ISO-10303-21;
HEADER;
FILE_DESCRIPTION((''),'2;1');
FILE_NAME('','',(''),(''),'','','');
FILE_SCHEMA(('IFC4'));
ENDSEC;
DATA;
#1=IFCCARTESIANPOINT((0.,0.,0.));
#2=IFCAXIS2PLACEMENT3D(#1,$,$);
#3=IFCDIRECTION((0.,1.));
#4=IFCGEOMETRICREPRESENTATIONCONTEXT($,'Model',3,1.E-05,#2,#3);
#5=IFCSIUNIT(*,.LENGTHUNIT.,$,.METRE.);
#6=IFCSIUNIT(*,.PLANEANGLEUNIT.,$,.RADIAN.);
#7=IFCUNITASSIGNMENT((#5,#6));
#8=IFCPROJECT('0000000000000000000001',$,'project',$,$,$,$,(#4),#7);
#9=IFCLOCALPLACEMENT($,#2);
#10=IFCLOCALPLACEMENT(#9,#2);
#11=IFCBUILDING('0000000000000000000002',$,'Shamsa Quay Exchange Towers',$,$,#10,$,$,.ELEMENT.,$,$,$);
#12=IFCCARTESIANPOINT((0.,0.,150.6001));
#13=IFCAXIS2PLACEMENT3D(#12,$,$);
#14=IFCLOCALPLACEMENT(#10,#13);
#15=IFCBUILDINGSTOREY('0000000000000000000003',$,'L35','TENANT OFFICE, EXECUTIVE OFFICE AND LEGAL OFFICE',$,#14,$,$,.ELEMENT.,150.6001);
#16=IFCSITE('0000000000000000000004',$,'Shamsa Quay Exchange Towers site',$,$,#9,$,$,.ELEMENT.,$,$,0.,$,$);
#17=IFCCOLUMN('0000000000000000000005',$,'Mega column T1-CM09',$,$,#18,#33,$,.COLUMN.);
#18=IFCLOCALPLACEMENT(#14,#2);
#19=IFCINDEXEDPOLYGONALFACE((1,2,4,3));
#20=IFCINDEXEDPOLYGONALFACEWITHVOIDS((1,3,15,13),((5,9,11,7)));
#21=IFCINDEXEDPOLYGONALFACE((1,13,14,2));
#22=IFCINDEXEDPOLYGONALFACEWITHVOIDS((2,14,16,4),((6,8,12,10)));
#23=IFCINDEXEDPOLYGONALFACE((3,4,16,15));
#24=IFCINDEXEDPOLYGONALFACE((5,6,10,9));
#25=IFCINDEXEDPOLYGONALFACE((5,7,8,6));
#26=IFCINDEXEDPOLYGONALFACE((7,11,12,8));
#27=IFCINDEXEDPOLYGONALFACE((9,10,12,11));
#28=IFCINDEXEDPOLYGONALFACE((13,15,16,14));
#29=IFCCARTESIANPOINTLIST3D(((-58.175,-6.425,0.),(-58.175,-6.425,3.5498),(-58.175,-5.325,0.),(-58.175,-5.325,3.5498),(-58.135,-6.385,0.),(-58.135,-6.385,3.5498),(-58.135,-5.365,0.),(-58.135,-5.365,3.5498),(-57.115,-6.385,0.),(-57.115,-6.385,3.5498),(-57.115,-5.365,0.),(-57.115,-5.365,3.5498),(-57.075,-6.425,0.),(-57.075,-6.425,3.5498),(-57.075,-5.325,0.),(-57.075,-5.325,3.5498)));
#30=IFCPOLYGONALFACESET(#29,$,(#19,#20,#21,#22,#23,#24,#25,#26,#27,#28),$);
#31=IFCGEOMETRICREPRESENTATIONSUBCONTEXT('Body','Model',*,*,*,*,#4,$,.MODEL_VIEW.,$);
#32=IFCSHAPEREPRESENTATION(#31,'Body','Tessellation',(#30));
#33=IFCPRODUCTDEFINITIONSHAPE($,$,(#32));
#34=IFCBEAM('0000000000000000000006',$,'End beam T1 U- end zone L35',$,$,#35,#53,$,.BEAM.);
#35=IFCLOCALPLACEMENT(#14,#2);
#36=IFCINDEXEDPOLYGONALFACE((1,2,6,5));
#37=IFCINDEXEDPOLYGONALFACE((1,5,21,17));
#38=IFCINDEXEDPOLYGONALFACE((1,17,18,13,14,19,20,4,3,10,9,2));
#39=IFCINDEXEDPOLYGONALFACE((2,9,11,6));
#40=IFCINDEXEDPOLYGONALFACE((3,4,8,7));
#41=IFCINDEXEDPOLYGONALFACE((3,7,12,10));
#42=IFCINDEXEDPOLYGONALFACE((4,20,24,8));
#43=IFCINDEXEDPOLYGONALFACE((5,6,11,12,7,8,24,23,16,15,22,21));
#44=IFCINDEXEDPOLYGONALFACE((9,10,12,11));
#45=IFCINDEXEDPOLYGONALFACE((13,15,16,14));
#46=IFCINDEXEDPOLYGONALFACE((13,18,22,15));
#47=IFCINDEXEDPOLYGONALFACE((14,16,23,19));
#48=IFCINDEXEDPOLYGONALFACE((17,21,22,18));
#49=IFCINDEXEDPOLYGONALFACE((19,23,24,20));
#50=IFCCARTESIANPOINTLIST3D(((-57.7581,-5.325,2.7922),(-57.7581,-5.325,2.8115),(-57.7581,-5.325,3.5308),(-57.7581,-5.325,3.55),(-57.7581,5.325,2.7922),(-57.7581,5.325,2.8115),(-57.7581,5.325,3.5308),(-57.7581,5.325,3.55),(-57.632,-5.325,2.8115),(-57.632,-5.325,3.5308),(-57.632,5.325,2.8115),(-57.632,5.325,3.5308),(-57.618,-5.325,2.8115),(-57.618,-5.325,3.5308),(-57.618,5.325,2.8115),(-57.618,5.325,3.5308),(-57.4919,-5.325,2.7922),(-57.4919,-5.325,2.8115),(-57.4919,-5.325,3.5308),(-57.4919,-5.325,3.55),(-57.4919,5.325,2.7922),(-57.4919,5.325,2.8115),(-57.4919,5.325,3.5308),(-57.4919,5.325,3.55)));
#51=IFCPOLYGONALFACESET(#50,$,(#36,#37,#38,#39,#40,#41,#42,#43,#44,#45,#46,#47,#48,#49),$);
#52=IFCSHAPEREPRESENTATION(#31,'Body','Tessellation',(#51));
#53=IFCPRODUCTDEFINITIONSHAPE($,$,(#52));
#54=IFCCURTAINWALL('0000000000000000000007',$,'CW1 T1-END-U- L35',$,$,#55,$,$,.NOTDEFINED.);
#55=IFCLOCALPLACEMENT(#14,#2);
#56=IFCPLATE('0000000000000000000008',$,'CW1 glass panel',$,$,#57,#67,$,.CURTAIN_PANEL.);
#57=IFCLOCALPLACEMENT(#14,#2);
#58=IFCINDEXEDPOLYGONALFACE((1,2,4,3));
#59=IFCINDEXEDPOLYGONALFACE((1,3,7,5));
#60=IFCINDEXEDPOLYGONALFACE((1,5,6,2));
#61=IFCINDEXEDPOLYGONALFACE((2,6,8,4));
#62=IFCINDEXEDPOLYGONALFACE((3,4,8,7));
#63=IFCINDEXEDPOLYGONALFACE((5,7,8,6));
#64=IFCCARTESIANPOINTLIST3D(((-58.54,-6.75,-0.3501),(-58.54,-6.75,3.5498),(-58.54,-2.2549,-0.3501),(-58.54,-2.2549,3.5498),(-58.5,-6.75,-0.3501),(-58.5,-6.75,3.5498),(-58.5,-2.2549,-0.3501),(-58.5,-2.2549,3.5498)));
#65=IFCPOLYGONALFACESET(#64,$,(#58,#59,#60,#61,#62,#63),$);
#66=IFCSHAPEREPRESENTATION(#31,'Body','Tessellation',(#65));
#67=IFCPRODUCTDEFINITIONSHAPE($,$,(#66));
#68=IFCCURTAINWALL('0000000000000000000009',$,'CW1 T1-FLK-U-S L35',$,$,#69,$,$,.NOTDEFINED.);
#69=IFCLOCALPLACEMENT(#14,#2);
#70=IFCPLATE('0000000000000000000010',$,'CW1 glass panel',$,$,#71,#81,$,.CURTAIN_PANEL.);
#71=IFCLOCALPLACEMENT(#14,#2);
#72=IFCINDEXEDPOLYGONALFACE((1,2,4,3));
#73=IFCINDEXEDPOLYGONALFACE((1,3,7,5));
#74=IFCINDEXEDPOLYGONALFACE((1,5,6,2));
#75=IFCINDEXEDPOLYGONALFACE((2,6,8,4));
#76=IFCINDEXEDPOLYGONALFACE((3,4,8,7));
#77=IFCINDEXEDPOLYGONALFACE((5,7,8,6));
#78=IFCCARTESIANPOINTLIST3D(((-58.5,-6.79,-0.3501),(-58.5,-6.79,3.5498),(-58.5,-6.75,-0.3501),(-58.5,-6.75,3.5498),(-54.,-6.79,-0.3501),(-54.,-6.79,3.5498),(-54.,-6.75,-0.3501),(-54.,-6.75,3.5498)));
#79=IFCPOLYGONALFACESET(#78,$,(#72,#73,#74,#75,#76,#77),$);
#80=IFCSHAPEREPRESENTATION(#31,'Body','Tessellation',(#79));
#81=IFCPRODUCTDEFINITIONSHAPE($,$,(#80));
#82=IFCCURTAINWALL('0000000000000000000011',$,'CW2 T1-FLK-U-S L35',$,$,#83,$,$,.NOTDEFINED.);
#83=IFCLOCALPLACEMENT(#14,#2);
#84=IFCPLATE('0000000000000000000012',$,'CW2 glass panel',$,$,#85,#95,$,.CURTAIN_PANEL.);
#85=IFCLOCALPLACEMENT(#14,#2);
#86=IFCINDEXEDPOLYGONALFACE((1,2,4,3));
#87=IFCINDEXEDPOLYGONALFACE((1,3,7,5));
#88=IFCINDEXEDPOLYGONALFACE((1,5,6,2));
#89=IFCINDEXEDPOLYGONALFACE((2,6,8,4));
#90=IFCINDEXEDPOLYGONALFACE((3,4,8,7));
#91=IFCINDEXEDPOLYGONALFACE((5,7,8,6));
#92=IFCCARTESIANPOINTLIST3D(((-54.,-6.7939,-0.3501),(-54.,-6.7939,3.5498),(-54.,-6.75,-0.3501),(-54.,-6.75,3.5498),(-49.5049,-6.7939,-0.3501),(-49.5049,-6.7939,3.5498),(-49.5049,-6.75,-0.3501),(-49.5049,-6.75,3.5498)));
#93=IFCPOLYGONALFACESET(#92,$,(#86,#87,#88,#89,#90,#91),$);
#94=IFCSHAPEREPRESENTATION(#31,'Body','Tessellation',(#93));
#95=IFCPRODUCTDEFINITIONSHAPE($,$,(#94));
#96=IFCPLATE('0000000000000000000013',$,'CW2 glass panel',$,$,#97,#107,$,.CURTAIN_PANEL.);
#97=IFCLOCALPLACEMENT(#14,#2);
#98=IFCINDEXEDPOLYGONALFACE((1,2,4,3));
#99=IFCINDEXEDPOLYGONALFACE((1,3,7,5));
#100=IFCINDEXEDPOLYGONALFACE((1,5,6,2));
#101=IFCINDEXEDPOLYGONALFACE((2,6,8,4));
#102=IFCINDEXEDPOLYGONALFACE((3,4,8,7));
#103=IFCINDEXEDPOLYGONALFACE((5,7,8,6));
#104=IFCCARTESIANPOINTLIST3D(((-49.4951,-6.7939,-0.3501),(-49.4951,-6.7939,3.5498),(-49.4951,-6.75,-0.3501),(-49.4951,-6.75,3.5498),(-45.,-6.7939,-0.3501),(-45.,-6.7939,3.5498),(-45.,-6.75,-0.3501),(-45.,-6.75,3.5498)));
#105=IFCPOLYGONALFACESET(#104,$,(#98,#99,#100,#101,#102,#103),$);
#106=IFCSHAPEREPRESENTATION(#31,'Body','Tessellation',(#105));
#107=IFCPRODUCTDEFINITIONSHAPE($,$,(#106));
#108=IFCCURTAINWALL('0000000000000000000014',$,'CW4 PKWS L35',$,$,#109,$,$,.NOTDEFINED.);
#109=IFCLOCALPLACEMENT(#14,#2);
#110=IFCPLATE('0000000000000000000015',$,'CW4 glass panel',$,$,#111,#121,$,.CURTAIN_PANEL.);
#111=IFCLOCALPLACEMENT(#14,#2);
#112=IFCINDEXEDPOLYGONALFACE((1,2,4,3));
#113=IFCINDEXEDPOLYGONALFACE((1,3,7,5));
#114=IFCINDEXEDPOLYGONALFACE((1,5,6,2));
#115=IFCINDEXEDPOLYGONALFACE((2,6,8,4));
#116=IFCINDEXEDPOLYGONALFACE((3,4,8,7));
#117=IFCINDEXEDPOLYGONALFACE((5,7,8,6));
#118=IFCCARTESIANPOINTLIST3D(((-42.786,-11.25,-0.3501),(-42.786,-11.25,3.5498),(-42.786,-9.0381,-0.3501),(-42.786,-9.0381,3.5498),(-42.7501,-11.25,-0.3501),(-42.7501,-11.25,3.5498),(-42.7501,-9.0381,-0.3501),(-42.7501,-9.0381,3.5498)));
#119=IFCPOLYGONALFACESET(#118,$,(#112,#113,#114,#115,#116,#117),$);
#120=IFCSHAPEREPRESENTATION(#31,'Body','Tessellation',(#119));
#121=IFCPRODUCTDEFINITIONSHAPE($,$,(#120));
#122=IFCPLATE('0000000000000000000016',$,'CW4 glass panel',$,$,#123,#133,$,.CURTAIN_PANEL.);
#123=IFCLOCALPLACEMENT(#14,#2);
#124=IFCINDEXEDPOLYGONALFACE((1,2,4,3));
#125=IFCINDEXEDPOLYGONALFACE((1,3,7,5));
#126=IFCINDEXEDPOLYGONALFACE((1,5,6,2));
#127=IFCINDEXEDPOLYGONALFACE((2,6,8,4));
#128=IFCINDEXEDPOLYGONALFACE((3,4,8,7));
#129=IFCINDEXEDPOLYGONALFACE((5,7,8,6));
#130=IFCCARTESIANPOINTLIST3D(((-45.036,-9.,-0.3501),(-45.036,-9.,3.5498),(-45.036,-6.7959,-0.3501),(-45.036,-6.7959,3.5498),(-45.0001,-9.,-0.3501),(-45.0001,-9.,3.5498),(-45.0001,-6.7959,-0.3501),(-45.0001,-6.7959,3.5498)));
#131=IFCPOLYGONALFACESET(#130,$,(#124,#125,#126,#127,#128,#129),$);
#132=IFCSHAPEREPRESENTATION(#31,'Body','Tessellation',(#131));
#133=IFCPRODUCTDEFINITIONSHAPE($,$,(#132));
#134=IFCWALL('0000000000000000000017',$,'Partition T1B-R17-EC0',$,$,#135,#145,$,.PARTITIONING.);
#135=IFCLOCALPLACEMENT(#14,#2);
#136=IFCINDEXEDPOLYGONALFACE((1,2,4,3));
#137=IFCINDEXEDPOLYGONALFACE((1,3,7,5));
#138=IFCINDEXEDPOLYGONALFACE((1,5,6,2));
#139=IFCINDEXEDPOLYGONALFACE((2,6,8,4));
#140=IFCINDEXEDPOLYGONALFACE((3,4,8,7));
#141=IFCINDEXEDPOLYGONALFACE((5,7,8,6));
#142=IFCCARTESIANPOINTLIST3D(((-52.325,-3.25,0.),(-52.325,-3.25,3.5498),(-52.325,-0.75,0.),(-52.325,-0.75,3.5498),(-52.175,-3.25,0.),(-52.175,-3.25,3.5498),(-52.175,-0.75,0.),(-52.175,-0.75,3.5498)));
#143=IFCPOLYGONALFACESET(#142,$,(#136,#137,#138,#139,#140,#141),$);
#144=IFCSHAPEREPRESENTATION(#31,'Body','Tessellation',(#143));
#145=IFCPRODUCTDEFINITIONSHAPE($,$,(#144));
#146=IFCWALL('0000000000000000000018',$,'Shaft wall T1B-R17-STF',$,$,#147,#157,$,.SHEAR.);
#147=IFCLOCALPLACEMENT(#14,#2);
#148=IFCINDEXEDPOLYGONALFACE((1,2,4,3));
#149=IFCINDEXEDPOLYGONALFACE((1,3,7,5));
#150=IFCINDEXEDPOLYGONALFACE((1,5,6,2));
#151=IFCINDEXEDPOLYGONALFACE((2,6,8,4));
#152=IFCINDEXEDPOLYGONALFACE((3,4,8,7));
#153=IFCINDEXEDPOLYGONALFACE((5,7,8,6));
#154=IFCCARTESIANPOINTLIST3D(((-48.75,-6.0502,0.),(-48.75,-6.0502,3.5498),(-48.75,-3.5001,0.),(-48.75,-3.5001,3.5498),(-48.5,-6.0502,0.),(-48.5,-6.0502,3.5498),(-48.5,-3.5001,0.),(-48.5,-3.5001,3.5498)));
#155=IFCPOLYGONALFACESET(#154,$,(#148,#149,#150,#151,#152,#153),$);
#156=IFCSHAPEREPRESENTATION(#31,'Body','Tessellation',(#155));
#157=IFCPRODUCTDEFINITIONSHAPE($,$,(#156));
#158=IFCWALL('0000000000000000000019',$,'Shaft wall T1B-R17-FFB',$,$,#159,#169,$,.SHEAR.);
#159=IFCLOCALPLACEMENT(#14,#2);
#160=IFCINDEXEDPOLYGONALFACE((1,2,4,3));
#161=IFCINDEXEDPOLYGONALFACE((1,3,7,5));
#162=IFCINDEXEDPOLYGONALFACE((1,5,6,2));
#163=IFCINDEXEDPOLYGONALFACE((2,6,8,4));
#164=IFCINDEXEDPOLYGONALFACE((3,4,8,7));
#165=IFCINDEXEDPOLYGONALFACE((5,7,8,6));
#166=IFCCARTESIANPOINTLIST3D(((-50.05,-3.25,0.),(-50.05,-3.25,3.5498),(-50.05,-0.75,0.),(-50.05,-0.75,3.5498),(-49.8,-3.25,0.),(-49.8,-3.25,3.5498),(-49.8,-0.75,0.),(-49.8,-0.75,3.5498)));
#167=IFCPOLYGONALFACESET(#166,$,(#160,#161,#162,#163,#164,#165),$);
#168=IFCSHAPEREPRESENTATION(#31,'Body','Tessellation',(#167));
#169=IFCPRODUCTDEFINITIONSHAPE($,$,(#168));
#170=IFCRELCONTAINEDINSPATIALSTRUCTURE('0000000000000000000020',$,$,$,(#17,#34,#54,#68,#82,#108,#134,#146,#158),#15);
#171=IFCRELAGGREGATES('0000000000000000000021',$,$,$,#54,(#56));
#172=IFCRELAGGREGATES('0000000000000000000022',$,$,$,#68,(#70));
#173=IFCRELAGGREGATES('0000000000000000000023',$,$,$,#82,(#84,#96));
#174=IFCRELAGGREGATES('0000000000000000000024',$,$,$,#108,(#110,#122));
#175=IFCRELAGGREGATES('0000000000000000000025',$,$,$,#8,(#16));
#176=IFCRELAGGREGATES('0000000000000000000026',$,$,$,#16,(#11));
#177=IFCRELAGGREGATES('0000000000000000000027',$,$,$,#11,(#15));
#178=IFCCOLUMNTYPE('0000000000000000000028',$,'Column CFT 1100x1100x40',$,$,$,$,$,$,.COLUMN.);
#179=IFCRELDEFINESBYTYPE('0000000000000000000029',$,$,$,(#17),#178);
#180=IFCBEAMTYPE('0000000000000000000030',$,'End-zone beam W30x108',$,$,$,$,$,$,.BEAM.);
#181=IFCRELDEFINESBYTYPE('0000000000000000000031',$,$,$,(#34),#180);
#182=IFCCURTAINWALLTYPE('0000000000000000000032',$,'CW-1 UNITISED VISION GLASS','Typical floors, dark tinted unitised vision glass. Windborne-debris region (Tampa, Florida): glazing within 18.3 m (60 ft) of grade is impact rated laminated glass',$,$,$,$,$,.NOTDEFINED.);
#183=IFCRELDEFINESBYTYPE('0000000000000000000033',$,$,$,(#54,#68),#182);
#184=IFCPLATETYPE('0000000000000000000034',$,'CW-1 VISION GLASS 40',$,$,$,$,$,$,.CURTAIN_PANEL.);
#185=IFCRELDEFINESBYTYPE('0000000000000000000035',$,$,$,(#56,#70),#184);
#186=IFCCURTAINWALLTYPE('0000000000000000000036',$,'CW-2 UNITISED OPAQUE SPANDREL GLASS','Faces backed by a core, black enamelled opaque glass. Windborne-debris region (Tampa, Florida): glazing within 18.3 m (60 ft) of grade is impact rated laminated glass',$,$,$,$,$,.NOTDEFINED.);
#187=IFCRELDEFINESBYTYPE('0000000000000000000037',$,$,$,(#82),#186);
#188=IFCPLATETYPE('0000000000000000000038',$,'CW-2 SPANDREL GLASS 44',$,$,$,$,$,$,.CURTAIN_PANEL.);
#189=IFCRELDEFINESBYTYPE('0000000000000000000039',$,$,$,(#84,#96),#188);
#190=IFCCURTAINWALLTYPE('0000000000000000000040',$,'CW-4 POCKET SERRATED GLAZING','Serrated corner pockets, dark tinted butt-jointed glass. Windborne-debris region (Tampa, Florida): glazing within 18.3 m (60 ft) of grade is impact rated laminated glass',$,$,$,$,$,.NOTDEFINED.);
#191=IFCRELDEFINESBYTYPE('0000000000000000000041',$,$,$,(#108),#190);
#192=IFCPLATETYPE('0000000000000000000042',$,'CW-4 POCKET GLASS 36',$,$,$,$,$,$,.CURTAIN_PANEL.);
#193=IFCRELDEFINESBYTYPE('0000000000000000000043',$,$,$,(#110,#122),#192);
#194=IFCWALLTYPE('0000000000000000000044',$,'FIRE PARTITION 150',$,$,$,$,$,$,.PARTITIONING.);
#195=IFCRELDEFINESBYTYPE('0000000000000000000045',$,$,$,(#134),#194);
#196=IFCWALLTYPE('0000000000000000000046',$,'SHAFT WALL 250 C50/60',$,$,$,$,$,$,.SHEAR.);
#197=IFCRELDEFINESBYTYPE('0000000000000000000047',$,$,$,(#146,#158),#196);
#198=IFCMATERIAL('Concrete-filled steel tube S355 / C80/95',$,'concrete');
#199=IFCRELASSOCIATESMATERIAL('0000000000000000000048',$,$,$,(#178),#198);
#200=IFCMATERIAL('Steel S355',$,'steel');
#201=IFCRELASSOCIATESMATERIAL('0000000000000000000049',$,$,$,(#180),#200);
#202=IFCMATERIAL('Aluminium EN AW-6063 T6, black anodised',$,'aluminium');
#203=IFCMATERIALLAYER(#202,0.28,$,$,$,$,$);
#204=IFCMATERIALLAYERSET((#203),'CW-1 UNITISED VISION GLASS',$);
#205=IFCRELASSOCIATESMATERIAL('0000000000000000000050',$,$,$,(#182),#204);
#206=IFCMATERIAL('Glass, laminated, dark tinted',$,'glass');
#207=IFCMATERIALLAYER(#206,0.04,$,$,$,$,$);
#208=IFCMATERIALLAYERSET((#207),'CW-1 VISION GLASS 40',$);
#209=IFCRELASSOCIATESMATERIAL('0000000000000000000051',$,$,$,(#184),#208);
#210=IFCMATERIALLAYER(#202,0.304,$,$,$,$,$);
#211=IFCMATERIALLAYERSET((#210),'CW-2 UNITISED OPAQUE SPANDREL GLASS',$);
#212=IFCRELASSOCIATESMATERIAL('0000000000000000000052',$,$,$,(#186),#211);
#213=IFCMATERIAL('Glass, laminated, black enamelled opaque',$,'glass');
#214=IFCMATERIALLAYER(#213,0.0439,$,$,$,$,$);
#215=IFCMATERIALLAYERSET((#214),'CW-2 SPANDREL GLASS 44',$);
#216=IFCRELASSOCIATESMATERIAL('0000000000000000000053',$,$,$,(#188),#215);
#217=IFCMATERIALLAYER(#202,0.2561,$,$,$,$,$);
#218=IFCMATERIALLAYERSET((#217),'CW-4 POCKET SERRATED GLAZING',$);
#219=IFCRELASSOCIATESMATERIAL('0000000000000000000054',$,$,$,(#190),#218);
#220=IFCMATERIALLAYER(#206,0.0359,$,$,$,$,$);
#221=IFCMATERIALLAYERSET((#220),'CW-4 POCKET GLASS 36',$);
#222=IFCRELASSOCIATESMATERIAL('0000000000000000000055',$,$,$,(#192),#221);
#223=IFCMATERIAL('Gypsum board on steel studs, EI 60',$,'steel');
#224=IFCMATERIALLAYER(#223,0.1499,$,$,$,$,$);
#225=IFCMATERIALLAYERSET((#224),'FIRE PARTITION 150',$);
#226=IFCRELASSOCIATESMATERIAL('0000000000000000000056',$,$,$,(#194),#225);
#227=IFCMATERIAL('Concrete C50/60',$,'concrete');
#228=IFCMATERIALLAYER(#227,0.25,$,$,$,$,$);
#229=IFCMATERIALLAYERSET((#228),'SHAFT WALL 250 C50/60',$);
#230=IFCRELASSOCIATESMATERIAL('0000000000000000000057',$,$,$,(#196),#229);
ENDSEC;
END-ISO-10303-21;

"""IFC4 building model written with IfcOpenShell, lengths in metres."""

from ifc_helpers import new_model, si_unit, direction, frame, frame_2d, origin, origin_2d, place, context, subcontext, project, spatial, rectangle, hollow_rectangle, i_section, extrude, material, layer, layer_set, material_profile, profile_set, type_object, element, aggregate, save


model = new_model("IFC4")

# Units and contexts
model_context = context("Model", 3, precision=1e-05, world=origin(), true_north=direction((0.0, 1.0)))
body_context = subcontext(model_context, "Body", "Model", "MODEL_VIEW")
ifc_project = project(units=[si_unit("LENGTHUNIT", "METRE"), si_unit("PLANEANGLEUNIT", "RADIAN")], contexts=[model_context])

# Site, building, storey
site_placement = place(None, origin())
site = spatial("IfcSite", under=ifc_project, at=site_placement, Name="Shamsa Quay Exchange Towers site", CompositionType="ELEMENT", RefElevation=0.0)
building_placement = place(site_placement, origin())
building = spatial("IfcBuilding", under=site, at=building_placement, Name="Shamsa Quay Exchange Towers", CompositionType="ELEMENT")
storey_placement = place(building_placement, frame((0.0, 0.0, 150.6001)))
storey = spatial("IfcBuildingStorey", under=building, at=storey_placement, Name="L35", Description="TENANT OFFICE, EXECUTIVE OFFICE AND LEGAL OFFICE", CompositionType="ELEMENT", Elevation=150.6001)

# Column
ifc_material_1 = material(Name="Concrete-filled steel tube S355 / C80/95", Category="concrete")
ifc_material_profile_1 = material_profile(ifc_material_1, hollow_rectangle(XDim=1.1001, YDim=1.1001, WallThickness=0.04, at=origin_2d()), Name="CFT 1100x1100x40")
ifc_profile_set_1 = profile_set([ifc_material_profile_1], Name="Concrete-filled steel tube S355 / C80/95")
column_type = type_object("IfcColumnType", Name="Column CFT 1100x1100x40", PredefinedType="COLUMN", material=ifc_profile_set_1)
column_placement = place(storey_placement, frame((-57.625, -5.875, 0.0)))
element("IfcColumn", 1, at=column_placement, inside=storey, type_object=column_type, Name="Mega column T1-CM09", PredefinedType="COLUMN", context=body_context, shape_type="SweptSolid", body=[
    extrude(hollow_rectangle(XDim=1.1001, YDim=1.1001, WallThickness=0.04, at=origin_2d()), origin(), (0.0, 0.0, 1.0), 3.5498),
])

# Beam
ifc_material_2 = material(Name="Steel S355", Category="steel")
ifc_material_profile_2 = material_profile(ifc_material_2, i_section(OverallWidth=0.2661, OverallDepth=0.7578, WebThickness=0.0139, FlangeThickness=0.0193, at=origin_2d()), Name="W30x108")
ifc_profile_set_2 = profile_set([ifc_material_profile_2], Name="Steel S355")
beam_type = type_object("IfcBeamType", Name="End-zone beam W30x108", PredefinedType="BEAM", material=ifc_profile_set_2)
beam_placement = place(storey_placement, frame((-57.625, -5.325, 3.1711), z_axis=(0.0, 1.0, 0.0), x_axis=(-1.0, 0.0, 0.0)))
element("IfcBeam", 2, at=beam_placement, inside=storey, type_object=beam_type, Name="End beam T1 U- end zone L35", PredefinedType="BEAM", context=body_context, shape_type="SweptSolid", body=[
    extrude(i_section(OverallWidth=0.2661, OverallDepth=0.7578, WebThickness=0.0139, FlangeThickness=0.0193, at=origin_2d()), origin(), (0.0, 0.0, 1.0), 10.6499),
])

# Curtain walls, plates
ifc_material_3 = material(Name="Aluminium EN AW-6063 T6, black anodised", Category="aluminium")
ifc_layer_1 = layer(ifc_material_3, 0.28)
ifc_layer_set_1 = layer_set([ifc_layer_1], Name="CW-1 UNITISED VISION GLASS")
curtain_wall_type_1 = type_object("IfcCurtainWallType", Name="CW-1 UNITISED VISION GLASS", Description="Typical floors, dark tinted unitised vision glass. Windborne-debris region (Tampa, Florida): glazing within 18.3 m (60 ft) of grade is impact rated laminated glass", PredefinedType="NOTDEFINED", material=ifc_layer_set_1)
curtain_wall_1_placement = place(storey_placement, origin())
curtain_wall_1 = element("IfcCurtainWall", 3, at=curtain_wall_1_placement, inside=storey, type_object=curtain_wall_type_1, Name="CW1 T1-END-U- L35", PredefinedType="NOTDEFINED")
ifc_material_4 = material(Name="Glass, laminated, dark tinted", Category="glass")
ifc_layer_2 = layer(ifc_material_4, 0.04)
ifc_layer_set_2 = layer_set([ifc_layer_2], Name="CW-1 VISION GLASS 40")
plate_type_1 = type_object("IfcPlateType", Name="CW-1 VISION GLASS 40", PredefinedType="CURTAIN_PANEL", material=ifc_layer_set_2)
plate_1_placement = place(storey_placement, frame((-58.52, -4.5024, -0.3501), z_axis=(0.0, 0.0, 1.0), x_axis=(0.0, -1.0, 0.0)))
plate_1 = element("IfcPlate", 4, at=plate_1_placement, type_object=plate_type_1, Name="CW1 glass panel", PredefinedType="CURTAIN_PANEL", context=body_context, shape_type="SweptSolid", body=[
    extrude(rectangle(XDim=4.4951, YDim=0.04, at=origin_2d()), origin(), (0.0, 0.0, 1.0), 3.8999),
])
aggregate(curtain_wall_1, [plate_1])
curtain_wall_2_placement = place(storey_placement, origin())
curtain_wall_2 = element("IfcCurtainWall", 5, at=curtain_wall_2_placement, inside=storey, type_object=curtain_wall_type_1, Name="CW1 T1-FLK-U-S L35", PredefinedType="NOTDEFINED")
plate_2_placement = place(storey_placement, frame((-56.25, -6.77, -0.3501)))
plate_2 = element("IfcPlate", 6, at=plate_2_placement, type_object=plate_type_1, Name="CW1 glass panel", PredefinedType="CURTAIN_PANEL", context=body_context, shape_type="SweptSolid", body=[
    extrude(rectangle(XDim=4.5, YDim=0.04, at=origin_2d()), origin(), (0.0, 0.0, 1.0), 3.8999),
])
aggregate(curtain_wall_2, [plate_2])

# Curtain walls, plates
ifc_layer_3 = layer(ifc_material_3, 0.304)
ifc_layer_set_3 = layer_set([ifc_layer_3], Name="CW-2 UNITISED OPAQUE SPANDREL GLASS")
curtain_wall_type_2 = type_object("IfcCurtainWallType", Name="CW-2 UNITISED OPAQUE SPANDREL GLASS", Description="Faces backed by a core, black enamelled opaque glass. Windborne-debris region (Tampa, Florida): glazing within 18.3 m (60 ft) of grade is impact rated laminated glass", PredefinedType="NOTDEFINED", material=ifc_layer_set_3)
curtain_wall_3_placement = place(storey_placement, origin())
curtain_wall_3 = element("IfcCurtainWall", 7, at=curtain_wall_3_placement, inside=storey, type_object=curtain_wall_type_2, Name="CW2 T1-FLK-U-S L35", PredefinedType="NOTDEFINED")
ifc_material_5 = material(Name="Glass, laminated, black enamelled opaque", Category="glass")
ifc_layer_4 = layer(ifc_material_5, 0.0439)
ifc_layer_set_4 = layer_set([ifc_layer_4], Name="CW-2 SPANDREL GLASS 44")
plate_type_2 = type_object("IfcPlateType", Name="CW-2 SPANDREL GLASS 44", PredefinedType="CURTAIN_PANEL", material=ifc_layer_set_4)
plate_3_placement = place(storey_placement, frame((-51.7524, -6.772, -0.3501)))
plate_3 = element("IfcPlate", 8, at=plate_3_placement, type_object=plate_type_2, Name="CW2 glass panel", PredefinedType="CURTAIN_PANEL", context=body_context, shape_type="SweptSolid", body=[
    extrude(rectangle(XDim=4.4951, YDim=0.0439, at=origin_2d()), origin(), (0.0, 0.0, 1.0), 3.8999),
])
plate_4_placement = place(storey_placement, frame((-47.2476, -6.772, -0.3501)))
plate_4 = element("IfcPlate", 9, at=plate_4_placement, type_object=plate_type_2, Name="CW2 glass panel", PredefinedType="CURTAIN_PANEL", context=body_context, shape_type="SweptSolid", body=[
    extrude(rectangle(XDim=4.4951, YDim=0.0439, at=origin_2d()), origin(), (0.0, 0.0, 1.0), 3.8999),
])
aggregate(curtain_wall_3, [plate_3, plate_4])
ifc_layer_5 = layer(ifc_material_3, 0.2561)
ifc_layer_set_5 = layer_set([ifc_layer_5], Name="CW-4 POCKET SERRATED GLAZING")
curtain_wall_type_3 = type_object("IfcCurtainWallType", Name="CW-4 POCKET SERRATED GLAZING", Description="Serrated corner pockets, dark tinted butt-jointed glass. Windborne-debris region (Tampa, Florida): glazing within 18.3 m (60 ft) of grade is impact rated laminated glass", PredefinedType="NOTDEFINED", material=ifc_layer_set_5)
curtain_wall_4_placement = place(storey_placement, origin())
curtain_wall_4 = element("IfcCurtainWall", 10, at=curtain_wall_4_placement, inside=storey, type_object=curtain_wall_type_3, Name="CW4 PKWS L35", PredefinedType="NOTDEFINED")
ifc_layer_6 = layer(ifc_material_4, 0.0359)
ifc_layer_set_6 = layer_set([ifc_layer_6], Name="CW-4 POCKET GLASS 36")
plate_type_3 = type_object("IfcPlateType", Name="CW-4 POCKET GLASS 36", PredefinedType="CURTAIN_PANEL", material=ifc_layer_set_6)
plate_5_placement = place(storey_placement, frame((-42.7681, -10.144, -0.3501), z_axis=(0.0, 0.0, 1.0), x_axis=(0.0, -1.0, 0.0)))
plate_5 = element("IfcPlate", 11, at=plate_5_placement, type_object=plate_type_3, Name="CW4 glass panel", PredefinedType="CURTAIN_PANEL", context=body_context, shape_type="SweptSolid", body=[
    extrude(rectangle(XDim=2.2119, YDim=0.0359, at=origin_2d()), origin(), (0.0, 0.0, 1.0), 3.8999),
])
plate_6_placement = place(storey_placement, frame((-45.0181, -7.8979, -0.3501), z_axis=(0.0, 0.0, 1.0), x_axis=(0.0, -1.0, 0.0)))
plate_6 = element("IfcPlate", 12, at=plate_6_placement, type_object=plate_type_3, Name="CW4 glass panel", PredefinedType="CURTAIN_PANEL", context=body_context, shape_type="SweptSolid", body=[
    extrude(rectangle(XDim=2.2041, YDim=0.0359, at=origin_2d()), origin(), (0.0, 0.0, 1.0), 3.8999),
])
aggregate(curtain_wall_4, [plate_5, plate_6])

# Walls
ifc_material_6 = material(Name="Gypsum board on steel studs, EI 60", Category="steel")
ifc_layer_7 = layer(ifc_material_6, 0.1499)
ifc_layer_set_7 = layer_set([ifc_layer_7], Name="FIRE PARTITION 150")
wall_type_1 = type_object("IfcWallType", Name="FIRE PARTITION 150", PredefinedType="PARTITIONING", material=ifc_layer_set_7)
wall_1_placement = place(storey_placement, frame((-52.25, -3.25, 0.0), z_axis=(0.0, 0.0, 1.0), x_axis=(0.0, 1.0, 0.0)))
element("IfcWall", 13, at=wall_1_placement, inside=storey, type_object=wall_type_1, Name="Partition T1B-R17-EC0", PredefinedType="PARTITIONING", context=body_context, shape_type="SweptSolid", body=[
    extrude(rectangle(XDim=2.5, YDim=0.1499, at=frame_2d((1.25, 0.0))), origin(), (0.0, 0.0, 1.0), 3.5498),
])
ifc_material_7 = material(Name="Concrete C50/60", Category="concrete")
ifc_layer_8 = layer(ifc_material_7, 0.25)
ifc_layer_set_8 = layer_set([ifc_layer_8], Name="SHAFT WALL 250 C50/60")
wall_type_2 = type_object("IfcWallType", Name="SHAFT WALL 250 C50/60", PredefinedType="SHEAR", material=ifc_layer_set_8)
wall_2_placement = place(storey_placement, frame((-48.625, -6.05, 0.0), z_axis=(0.0, 0.0, 1.0), x_axis=(0.0, 1.0, 0.0)))
element("IfcWall", 14, at=wall_2_placement, inside=storey, type_object=wall_type_2, Name="Shaft wall T1B-R17-STF", PredefinedType="SHEAR", context=body_context, shape_type="SweptSolid", body=[
    extrude(rectangle(XDim=2.55, YDim=0.25, at=frame_2d((1.2749, 0.0))), origin(), (0.0, 0.0, 1.0), 3.5498),
])

# Wall
wall_3_placement = place(storey_placement, frame((-49.925, -3.25, 0.0), z_axis=(0.0, 0.0, 1.0), x_axis=(0.0, 1.0, 0.0)))
element("IfcWall", 15, at=wall_3_placement, inside=storey, type_object=wall_type_2, Name="Shaft wall T1B-R17-FFB", PredefinedType="SHEAR", context=body_context, shape_type="SweptSolid", body=[
    extrude(rectangle(XDim=2.5, YDim=0.25, at=frame_2d((1.25, 0.0))), origin(), (0.0, 0.0, 1.0), 3.5498),
])

save(model, "model.ifc")
